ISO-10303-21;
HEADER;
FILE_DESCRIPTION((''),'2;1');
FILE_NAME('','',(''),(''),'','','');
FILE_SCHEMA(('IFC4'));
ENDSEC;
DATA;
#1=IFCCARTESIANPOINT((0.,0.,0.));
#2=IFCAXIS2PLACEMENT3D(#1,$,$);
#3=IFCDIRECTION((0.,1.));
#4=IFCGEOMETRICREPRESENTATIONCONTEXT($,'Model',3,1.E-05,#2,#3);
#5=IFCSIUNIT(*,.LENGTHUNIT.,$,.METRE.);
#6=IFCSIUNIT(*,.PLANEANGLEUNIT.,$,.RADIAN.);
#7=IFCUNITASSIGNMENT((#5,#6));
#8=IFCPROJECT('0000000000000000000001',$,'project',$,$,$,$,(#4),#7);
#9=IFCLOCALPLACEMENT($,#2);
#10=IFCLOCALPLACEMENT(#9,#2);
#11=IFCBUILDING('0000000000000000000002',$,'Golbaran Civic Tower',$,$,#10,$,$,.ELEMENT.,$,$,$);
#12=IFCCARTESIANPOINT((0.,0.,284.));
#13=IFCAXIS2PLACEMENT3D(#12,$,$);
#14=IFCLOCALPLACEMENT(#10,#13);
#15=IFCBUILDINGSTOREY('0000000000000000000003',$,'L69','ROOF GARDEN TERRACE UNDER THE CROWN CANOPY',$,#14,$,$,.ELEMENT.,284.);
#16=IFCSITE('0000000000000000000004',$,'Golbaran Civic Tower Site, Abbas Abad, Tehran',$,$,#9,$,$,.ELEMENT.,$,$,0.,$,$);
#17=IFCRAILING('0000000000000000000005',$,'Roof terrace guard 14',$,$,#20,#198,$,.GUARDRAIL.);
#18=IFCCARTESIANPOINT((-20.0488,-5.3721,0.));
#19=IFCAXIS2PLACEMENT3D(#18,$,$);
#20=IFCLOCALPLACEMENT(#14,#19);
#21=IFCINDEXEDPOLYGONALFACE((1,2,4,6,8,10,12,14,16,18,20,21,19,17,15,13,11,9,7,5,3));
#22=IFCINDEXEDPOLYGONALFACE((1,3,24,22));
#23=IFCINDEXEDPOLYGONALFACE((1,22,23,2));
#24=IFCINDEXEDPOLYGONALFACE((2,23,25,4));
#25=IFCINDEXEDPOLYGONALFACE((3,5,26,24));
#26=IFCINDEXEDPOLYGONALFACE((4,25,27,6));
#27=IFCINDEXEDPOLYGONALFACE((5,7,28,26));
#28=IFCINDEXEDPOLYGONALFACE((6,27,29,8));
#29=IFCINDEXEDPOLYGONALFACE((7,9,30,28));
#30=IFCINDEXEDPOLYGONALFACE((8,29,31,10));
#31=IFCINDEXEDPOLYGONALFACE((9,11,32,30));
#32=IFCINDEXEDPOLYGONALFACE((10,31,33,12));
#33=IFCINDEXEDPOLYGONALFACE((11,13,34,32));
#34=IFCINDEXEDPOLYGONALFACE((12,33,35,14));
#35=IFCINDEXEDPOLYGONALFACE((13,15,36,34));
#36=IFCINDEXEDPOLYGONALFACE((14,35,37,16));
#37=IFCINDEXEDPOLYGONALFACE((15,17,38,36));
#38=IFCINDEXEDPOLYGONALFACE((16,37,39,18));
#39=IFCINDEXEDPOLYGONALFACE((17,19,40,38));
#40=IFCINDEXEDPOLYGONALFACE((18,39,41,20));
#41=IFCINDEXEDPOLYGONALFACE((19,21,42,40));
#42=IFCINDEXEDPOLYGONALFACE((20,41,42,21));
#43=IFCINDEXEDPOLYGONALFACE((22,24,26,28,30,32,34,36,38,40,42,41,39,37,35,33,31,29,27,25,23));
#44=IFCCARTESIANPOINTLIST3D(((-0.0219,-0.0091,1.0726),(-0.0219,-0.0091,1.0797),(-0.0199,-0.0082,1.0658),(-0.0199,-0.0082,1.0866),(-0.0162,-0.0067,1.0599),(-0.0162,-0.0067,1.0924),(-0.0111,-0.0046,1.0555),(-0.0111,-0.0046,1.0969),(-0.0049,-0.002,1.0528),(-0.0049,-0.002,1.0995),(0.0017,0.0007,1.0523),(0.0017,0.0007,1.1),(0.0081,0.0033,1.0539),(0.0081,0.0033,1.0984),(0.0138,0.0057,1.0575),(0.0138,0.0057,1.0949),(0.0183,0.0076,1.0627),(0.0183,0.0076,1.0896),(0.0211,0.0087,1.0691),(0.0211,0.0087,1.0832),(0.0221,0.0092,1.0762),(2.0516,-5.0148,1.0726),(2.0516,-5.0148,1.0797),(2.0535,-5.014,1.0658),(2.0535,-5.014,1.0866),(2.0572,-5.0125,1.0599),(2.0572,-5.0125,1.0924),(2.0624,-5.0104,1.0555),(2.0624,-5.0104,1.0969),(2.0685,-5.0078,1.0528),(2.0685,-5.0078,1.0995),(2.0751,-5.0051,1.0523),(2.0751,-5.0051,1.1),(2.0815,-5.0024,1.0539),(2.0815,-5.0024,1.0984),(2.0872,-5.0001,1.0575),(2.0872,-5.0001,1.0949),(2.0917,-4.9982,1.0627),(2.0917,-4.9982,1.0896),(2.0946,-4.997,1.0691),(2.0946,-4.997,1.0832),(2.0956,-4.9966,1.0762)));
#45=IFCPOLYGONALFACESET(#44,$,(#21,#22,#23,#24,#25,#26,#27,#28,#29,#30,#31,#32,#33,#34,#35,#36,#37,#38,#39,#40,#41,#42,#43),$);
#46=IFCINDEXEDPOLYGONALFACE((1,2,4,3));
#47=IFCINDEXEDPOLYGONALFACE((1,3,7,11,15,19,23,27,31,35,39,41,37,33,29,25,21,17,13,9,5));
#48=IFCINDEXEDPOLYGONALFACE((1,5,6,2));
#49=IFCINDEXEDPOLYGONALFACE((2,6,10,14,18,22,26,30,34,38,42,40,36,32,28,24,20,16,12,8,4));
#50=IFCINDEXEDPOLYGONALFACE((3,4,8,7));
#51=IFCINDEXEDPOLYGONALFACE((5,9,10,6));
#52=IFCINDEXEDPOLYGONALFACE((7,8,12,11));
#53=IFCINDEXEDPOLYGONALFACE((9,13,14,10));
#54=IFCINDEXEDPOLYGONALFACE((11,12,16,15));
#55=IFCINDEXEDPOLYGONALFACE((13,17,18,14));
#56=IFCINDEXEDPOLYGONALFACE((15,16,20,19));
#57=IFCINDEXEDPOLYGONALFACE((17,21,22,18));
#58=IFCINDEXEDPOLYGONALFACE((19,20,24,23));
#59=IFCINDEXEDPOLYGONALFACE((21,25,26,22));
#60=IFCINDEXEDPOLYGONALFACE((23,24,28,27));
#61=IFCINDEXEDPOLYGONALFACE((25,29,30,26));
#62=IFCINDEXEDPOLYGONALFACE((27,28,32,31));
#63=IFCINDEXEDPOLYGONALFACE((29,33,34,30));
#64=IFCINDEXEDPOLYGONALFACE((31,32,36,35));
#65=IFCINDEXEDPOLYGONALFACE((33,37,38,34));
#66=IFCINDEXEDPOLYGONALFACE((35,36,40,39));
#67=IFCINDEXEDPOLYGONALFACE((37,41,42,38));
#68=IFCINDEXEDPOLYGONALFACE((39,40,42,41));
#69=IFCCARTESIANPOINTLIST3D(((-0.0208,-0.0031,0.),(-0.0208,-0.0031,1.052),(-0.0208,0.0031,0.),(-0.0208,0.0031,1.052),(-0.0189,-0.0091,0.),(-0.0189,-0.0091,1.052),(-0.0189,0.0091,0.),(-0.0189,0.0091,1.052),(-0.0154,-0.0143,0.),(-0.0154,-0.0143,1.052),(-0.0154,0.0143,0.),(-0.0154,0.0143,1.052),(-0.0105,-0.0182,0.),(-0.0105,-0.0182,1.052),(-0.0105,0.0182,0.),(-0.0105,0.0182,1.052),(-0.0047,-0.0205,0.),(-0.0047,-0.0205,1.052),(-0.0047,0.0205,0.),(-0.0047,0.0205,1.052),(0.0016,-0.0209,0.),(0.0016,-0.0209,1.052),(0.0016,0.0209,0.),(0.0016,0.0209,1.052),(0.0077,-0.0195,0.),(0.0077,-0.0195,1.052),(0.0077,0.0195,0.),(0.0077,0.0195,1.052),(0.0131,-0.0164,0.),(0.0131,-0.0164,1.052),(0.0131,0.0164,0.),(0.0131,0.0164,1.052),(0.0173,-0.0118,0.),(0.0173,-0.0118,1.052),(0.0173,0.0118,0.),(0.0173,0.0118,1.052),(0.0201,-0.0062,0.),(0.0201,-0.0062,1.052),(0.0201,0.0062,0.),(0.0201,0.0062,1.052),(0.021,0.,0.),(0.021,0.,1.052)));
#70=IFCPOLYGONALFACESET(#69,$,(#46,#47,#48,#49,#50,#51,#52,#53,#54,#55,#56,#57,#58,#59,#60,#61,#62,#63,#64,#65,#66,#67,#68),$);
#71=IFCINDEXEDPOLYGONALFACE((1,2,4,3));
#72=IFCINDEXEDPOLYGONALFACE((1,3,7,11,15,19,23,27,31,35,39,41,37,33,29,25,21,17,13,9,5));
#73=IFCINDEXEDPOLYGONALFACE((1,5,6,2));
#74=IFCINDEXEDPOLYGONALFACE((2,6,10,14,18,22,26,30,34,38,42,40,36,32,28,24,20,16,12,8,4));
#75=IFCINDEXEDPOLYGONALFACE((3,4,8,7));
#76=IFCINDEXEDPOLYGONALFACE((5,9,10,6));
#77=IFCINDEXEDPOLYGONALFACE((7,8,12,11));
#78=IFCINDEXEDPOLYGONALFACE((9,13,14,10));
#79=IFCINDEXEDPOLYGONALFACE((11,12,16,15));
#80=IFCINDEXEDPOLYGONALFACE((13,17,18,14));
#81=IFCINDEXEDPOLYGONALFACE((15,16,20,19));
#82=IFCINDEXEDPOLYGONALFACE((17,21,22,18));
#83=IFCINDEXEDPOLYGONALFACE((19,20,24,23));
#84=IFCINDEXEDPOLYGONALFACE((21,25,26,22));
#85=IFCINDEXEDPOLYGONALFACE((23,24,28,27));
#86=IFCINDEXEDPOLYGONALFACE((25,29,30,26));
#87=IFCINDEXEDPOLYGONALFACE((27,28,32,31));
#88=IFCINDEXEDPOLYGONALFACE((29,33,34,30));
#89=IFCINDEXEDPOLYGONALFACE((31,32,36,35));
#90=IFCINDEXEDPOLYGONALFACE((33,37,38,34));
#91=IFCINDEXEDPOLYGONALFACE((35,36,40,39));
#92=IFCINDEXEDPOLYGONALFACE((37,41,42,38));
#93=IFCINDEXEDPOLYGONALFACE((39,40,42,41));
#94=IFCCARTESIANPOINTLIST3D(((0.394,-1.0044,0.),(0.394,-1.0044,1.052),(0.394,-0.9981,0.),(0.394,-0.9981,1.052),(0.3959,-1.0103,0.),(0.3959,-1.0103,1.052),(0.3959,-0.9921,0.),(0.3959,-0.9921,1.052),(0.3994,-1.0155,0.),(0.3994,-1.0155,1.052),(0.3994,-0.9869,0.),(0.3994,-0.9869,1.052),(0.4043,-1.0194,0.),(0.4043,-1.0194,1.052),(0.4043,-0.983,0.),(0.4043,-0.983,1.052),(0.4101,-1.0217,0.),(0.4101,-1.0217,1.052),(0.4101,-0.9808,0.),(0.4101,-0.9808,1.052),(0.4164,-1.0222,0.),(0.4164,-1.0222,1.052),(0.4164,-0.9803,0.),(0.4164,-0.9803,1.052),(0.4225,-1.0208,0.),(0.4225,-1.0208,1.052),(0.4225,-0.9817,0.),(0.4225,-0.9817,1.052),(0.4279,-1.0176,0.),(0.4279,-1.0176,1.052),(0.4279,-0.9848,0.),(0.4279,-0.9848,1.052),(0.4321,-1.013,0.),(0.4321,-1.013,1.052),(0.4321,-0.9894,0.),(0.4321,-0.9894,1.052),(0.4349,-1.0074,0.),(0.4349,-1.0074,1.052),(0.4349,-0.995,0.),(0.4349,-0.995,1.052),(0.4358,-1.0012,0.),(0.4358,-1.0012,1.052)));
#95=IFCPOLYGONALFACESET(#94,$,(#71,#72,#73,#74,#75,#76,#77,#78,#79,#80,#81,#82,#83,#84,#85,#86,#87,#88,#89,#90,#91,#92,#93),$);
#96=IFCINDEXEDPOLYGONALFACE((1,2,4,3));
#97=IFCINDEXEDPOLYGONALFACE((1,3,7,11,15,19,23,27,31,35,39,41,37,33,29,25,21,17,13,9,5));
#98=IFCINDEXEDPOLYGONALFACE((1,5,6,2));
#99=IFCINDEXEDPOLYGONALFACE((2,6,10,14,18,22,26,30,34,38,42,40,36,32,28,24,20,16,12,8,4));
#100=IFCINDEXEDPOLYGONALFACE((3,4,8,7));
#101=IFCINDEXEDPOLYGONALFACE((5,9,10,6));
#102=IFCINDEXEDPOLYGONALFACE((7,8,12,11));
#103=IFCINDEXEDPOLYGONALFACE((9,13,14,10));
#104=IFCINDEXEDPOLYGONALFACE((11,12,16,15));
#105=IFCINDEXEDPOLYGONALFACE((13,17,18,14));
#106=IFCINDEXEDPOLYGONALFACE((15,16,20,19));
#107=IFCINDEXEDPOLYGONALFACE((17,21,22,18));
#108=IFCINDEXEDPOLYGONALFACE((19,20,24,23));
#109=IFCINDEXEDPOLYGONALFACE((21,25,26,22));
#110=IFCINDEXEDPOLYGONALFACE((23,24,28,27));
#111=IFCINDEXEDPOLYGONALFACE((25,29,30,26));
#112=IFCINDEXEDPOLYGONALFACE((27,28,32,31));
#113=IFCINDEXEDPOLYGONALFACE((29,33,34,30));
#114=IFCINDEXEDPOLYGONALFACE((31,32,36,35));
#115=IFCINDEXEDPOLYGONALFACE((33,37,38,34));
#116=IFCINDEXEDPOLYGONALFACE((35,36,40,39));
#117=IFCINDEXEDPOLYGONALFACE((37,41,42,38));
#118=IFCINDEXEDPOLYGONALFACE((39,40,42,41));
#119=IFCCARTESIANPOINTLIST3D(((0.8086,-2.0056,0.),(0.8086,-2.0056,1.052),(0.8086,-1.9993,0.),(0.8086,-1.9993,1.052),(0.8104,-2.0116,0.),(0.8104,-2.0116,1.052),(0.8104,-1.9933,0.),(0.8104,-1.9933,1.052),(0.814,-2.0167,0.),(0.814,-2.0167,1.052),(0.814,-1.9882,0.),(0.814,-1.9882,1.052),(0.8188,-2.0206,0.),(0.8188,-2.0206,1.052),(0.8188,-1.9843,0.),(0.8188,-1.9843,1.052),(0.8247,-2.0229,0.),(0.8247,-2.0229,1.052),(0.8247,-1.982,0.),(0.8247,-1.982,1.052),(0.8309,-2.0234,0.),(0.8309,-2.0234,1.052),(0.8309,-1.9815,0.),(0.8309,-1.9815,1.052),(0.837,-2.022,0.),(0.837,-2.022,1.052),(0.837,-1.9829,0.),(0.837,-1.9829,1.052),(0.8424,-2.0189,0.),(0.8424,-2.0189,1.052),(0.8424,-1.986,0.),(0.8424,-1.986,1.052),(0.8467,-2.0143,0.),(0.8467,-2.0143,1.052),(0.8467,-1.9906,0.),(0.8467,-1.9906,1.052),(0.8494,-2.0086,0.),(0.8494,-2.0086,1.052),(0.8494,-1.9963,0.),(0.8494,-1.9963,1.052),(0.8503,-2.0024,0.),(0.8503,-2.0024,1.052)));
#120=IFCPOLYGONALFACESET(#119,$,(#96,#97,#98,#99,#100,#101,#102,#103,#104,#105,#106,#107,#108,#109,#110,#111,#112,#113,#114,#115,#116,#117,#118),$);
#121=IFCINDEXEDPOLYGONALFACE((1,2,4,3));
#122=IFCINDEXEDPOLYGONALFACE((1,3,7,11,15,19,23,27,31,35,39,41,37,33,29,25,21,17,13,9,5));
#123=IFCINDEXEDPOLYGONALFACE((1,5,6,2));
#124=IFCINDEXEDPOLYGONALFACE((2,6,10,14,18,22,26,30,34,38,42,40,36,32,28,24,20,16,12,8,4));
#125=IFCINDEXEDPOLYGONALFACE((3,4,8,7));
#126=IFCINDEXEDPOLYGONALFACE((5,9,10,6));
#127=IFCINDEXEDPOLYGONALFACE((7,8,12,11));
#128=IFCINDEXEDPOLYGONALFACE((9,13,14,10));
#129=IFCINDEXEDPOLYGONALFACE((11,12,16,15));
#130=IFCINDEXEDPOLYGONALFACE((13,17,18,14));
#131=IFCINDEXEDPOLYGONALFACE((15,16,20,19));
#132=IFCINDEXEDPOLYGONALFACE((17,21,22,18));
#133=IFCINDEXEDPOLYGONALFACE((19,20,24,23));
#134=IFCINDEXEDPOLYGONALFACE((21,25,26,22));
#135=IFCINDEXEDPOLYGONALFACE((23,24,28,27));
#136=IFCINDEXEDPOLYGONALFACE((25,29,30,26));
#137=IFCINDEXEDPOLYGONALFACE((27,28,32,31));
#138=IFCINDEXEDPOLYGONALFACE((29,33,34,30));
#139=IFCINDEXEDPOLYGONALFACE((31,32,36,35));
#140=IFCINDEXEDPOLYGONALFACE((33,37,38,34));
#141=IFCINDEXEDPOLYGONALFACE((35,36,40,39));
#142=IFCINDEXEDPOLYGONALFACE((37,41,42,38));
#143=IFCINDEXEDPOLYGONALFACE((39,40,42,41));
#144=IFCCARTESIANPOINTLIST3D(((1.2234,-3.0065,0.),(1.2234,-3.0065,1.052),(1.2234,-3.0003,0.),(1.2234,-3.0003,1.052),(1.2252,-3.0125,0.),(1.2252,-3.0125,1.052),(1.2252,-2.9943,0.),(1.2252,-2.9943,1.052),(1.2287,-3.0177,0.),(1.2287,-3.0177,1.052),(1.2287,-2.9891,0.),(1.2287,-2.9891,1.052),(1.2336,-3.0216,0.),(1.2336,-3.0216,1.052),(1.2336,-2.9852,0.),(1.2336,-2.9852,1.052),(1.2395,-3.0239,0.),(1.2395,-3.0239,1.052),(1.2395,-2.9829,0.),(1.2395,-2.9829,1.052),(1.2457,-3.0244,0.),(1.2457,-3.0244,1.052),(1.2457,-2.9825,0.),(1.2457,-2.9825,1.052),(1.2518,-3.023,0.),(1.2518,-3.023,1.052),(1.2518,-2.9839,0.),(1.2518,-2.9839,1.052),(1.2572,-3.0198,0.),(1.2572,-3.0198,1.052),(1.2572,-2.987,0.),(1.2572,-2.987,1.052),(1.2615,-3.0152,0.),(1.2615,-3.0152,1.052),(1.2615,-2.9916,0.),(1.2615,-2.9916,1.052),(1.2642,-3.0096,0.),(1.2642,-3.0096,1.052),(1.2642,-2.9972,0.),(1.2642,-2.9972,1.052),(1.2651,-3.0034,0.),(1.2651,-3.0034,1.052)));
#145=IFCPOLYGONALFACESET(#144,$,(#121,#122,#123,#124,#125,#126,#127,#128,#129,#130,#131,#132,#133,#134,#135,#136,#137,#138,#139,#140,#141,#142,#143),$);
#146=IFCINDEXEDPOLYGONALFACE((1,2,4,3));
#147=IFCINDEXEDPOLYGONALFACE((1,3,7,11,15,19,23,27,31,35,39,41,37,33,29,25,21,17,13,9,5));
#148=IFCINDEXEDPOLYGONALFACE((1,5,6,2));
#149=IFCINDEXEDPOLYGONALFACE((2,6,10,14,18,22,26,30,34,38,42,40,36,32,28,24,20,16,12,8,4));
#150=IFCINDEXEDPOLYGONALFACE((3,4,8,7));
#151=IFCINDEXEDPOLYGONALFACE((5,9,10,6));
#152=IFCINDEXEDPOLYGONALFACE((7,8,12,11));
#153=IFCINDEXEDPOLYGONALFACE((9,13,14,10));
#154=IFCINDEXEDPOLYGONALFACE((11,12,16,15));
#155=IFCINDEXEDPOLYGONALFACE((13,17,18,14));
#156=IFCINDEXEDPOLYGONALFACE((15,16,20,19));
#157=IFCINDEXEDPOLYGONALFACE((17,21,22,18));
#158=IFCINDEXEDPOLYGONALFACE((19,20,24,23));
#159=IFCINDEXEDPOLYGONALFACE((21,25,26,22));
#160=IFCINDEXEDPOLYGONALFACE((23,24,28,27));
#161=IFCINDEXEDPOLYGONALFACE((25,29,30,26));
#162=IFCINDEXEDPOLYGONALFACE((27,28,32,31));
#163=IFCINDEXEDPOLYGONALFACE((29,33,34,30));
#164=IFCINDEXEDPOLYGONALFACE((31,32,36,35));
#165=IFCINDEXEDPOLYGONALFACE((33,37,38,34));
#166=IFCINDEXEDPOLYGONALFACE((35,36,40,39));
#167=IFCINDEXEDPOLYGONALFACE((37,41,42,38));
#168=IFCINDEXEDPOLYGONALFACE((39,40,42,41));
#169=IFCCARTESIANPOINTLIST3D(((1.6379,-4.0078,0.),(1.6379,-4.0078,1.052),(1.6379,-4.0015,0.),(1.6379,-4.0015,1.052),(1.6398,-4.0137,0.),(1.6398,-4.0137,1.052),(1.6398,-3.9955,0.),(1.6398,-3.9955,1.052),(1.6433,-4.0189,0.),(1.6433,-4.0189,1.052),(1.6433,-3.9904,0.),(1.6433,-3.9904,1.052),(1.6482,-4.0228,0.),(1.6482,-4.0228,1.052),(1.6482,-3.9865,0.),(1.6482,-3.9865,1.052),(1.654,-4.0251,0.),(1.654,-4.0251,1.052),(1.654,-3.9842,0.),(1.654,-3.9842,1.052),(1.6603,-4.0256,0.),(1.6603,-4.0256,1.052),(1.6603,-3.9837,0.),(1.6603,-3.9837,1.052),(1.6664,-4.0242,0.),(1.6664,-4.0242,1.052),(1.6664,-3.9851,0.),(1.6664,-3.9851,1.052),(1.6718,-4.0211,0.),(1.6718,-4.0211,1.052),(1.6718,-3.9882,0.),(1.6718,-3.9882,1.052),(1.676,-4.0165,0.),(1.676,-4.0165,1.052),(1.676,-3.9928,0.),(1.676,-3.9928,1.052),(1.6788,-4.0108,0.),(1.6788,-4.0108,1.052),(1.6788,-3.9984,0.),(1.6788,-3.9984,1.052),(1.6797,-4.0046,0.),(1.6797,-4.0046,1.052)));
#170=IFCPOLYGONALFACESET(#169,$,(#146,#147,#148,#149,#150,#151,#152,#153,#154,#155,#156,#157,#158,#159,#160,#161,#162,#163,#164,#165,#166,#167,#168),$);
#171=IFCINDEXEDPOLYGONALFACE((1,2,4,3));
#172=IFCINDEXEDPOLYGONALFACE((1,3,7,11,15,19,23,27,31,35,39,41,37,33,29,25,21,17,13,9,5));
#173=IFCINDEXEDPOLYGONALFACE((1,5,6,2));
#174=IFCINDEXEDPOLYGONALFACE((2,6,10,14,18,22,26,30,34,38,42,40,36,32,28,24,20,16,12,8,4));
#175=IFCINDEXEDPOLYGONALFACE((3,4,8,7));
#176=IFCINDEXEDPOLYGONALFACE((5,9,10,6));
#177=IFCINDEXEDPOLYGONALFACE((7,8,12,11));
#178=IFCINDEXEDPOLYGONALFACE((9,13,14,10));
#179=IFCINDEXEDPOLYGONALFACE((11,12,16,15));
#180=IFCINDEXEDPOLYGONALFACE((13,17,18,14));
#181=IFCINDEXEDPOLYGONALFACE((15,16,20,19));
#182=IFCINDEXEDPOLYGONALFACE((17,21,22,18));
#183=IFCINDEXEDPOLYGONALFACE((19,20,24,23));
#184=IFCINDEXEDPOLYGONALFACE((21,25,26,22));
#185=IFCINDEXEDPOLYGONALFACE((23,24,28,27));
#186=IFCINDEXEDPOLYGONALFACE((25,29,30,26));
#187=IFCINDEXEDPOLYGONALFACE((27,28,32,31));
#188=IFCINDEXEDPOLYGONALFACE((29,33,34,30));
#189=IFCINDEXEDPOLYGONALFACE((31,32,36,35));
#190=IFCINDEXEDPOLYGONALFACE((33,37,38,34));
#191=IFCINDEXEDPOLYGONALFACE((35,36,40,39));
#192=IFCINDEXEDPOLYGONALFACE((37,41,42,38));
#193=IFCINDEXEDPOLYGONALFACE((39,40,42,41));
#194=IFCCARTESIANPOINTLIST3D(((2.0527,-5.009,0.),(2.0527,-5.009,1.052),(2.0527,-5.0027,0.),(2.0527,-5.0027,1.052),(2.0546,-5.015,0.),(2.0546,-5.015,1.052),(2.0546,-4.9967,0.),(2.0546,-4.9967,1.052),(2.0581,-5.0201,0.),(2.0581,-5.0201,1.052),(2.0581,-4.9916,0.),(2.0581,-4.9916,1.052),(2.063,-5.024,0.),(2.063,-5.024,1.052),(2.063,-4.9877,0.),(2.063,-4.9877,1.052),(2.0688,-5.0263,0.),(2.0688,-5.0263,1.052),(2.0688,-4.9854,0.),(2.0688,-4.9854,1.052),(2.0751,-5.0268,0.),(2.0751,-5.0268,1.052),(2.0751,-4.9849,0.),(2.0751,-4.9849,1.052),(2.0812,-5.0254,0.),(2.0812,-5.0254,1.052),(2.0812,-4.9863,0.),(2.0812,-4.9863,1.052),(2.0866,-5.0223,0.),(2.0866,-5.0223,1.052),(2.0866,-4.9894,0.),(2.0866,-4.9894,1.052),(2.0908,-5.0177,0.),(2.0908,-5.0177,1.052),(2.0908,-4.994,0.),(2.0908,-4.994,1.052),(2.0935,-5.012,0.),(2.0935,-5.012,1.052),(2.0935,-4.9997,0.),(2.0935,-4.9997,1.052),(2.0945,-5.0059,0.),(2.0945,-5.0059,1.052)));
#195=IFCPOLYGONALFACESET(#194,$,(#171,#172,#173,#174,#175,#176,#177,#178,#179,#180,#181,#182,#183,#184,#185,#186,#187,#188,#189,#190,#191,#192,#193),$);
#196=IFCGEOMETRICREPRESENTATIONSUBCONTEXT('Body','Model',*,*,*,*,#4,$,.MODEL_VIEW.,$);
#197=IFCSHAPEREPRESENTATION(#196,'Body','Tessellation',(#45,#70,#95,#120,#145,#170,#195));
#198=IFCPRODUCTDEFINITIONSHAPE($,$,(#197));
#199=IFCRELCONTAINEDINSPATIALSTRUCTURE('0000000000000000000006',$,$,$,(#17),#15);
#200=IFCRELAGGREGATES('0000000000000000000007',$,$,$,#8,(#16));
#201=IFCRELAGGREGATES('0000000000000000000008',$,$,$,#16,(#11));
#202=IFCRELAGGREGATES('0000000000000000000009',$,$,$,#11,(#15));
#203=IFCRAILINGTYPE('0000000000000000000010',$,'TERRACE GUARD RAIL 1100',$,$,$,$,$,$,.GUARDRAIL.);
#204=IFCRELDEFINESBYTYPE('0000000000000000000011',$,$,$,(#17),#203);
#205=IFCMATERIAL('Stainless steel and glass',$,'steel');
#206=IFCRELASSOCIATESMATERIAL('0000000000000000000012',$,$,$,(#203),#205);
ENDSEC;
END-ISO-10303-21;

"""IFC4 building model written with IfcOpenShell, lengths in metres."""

from ifc_helpers import new_model, si_unit, direction, frame, origin, origin_2d, place, context, subcontext, project, spatial, circle, extrude, material, type_object, element, save


model = new_model("IFC4")

# Units and contexts
model_context = context("Model", 3, precision=1e-05, world=origin(), true_north=direction((0.0, 1.0)))
body_context = subcontext(model_context, "Body", "Model", "MODEL_VIEW")
ifc_project = project(units=[si_unit("LENGTHUNIT", "METRE"), si_unit("PLANEANGLEUNIT", "RADIAN")], contexts=[model_context])

# Site, building, storey
site_placement = place(None, origin())
site = spatial("IfcSite", under=ifc_project, at=site_placement, Name="Golbaran Civic Tower Site, Abbas Abad, Tehran", CompositionType="ELEMENT", RefElevation=0.0)
building_placement = place(site_placement, origin())
building = spatial("IfcBuilding", under=site, at=building_placement, Name="Golbaran Civic Tower", CompositionType="ELEMENT")
storey_placement = place(building_placement, frame((0.0, 0.0, 284.0)))
storey = spatial("IfcBuildingStorey", under=building, at=storey_placement, Name="L69", Description="ROOF GARDEN TERRACE UNDER THE CROWN CANOPY", CompositionType="ELEMENT", Elevation=284.0)

# Railing
ifc_material_1 = material(Name="Stainless steel and glass", Category="steel")
railing_type = type_object("IfcRailingType", Name="TERRACE GUARD RAIL 1100", PredefinedType="GUARDRAIL", material=ifc_material_1)
railing_1_placement = place(storey_placement, frame((-20.0488, -5.3721, 0.0)))
element("IfcRailing", 1, at=railing_1_placement, inside=storey, type_object=railing_type, Name="Roof terrace guard 14", PredefinedType="GUARDRAIL", context=body_context, shape_type="SweptSolid", body=[
    extrude(circle(Radius=0.0239, at=origin_2d()), frame((0.0, 0.0, 1.0762), z_axis=(0.382682, -0.92388, 0.0), x_axis=(0.92388, 0.382682, 0.0)), (0.0, 0.0, 1.0), 5.4182),
    extrude(circle(Radius=0.021, at=origin_2d()), origin(), (0.0, 0.0, 1.0), 1.052),
    extrude(circle(Radius=0.021, at=origin_2d()), frame((0.4148, -1.0012, 0.0)), (0.0, 0.0, 1.0), 1.052),
    extrude(circle(Radius=0.021, at=origin_2d()), frame((0.8293, -2.0024, 0.0)), (0.0, 0.0, 1.0), 1.052),
    extrude(circle(Radius=0.021, at=origin_2d()), frame((1.2441, -3.0034, 0.0)), (0.0, 0.0, 1.0), 1.052),
    extrude(circle(Radius=0.021, at=origin_2d()), frame((1.6587, -4.0046, 0.0)), (0.0, 0.0, 1.0), 1.052),
    extrude(circle(Radius=0.021, at=origin_2d()), frame((2.0735, -5.0059, 0.0)), (0.0, 0.0, 1.0), 1.052),
])

save(model, "model.ifc")
